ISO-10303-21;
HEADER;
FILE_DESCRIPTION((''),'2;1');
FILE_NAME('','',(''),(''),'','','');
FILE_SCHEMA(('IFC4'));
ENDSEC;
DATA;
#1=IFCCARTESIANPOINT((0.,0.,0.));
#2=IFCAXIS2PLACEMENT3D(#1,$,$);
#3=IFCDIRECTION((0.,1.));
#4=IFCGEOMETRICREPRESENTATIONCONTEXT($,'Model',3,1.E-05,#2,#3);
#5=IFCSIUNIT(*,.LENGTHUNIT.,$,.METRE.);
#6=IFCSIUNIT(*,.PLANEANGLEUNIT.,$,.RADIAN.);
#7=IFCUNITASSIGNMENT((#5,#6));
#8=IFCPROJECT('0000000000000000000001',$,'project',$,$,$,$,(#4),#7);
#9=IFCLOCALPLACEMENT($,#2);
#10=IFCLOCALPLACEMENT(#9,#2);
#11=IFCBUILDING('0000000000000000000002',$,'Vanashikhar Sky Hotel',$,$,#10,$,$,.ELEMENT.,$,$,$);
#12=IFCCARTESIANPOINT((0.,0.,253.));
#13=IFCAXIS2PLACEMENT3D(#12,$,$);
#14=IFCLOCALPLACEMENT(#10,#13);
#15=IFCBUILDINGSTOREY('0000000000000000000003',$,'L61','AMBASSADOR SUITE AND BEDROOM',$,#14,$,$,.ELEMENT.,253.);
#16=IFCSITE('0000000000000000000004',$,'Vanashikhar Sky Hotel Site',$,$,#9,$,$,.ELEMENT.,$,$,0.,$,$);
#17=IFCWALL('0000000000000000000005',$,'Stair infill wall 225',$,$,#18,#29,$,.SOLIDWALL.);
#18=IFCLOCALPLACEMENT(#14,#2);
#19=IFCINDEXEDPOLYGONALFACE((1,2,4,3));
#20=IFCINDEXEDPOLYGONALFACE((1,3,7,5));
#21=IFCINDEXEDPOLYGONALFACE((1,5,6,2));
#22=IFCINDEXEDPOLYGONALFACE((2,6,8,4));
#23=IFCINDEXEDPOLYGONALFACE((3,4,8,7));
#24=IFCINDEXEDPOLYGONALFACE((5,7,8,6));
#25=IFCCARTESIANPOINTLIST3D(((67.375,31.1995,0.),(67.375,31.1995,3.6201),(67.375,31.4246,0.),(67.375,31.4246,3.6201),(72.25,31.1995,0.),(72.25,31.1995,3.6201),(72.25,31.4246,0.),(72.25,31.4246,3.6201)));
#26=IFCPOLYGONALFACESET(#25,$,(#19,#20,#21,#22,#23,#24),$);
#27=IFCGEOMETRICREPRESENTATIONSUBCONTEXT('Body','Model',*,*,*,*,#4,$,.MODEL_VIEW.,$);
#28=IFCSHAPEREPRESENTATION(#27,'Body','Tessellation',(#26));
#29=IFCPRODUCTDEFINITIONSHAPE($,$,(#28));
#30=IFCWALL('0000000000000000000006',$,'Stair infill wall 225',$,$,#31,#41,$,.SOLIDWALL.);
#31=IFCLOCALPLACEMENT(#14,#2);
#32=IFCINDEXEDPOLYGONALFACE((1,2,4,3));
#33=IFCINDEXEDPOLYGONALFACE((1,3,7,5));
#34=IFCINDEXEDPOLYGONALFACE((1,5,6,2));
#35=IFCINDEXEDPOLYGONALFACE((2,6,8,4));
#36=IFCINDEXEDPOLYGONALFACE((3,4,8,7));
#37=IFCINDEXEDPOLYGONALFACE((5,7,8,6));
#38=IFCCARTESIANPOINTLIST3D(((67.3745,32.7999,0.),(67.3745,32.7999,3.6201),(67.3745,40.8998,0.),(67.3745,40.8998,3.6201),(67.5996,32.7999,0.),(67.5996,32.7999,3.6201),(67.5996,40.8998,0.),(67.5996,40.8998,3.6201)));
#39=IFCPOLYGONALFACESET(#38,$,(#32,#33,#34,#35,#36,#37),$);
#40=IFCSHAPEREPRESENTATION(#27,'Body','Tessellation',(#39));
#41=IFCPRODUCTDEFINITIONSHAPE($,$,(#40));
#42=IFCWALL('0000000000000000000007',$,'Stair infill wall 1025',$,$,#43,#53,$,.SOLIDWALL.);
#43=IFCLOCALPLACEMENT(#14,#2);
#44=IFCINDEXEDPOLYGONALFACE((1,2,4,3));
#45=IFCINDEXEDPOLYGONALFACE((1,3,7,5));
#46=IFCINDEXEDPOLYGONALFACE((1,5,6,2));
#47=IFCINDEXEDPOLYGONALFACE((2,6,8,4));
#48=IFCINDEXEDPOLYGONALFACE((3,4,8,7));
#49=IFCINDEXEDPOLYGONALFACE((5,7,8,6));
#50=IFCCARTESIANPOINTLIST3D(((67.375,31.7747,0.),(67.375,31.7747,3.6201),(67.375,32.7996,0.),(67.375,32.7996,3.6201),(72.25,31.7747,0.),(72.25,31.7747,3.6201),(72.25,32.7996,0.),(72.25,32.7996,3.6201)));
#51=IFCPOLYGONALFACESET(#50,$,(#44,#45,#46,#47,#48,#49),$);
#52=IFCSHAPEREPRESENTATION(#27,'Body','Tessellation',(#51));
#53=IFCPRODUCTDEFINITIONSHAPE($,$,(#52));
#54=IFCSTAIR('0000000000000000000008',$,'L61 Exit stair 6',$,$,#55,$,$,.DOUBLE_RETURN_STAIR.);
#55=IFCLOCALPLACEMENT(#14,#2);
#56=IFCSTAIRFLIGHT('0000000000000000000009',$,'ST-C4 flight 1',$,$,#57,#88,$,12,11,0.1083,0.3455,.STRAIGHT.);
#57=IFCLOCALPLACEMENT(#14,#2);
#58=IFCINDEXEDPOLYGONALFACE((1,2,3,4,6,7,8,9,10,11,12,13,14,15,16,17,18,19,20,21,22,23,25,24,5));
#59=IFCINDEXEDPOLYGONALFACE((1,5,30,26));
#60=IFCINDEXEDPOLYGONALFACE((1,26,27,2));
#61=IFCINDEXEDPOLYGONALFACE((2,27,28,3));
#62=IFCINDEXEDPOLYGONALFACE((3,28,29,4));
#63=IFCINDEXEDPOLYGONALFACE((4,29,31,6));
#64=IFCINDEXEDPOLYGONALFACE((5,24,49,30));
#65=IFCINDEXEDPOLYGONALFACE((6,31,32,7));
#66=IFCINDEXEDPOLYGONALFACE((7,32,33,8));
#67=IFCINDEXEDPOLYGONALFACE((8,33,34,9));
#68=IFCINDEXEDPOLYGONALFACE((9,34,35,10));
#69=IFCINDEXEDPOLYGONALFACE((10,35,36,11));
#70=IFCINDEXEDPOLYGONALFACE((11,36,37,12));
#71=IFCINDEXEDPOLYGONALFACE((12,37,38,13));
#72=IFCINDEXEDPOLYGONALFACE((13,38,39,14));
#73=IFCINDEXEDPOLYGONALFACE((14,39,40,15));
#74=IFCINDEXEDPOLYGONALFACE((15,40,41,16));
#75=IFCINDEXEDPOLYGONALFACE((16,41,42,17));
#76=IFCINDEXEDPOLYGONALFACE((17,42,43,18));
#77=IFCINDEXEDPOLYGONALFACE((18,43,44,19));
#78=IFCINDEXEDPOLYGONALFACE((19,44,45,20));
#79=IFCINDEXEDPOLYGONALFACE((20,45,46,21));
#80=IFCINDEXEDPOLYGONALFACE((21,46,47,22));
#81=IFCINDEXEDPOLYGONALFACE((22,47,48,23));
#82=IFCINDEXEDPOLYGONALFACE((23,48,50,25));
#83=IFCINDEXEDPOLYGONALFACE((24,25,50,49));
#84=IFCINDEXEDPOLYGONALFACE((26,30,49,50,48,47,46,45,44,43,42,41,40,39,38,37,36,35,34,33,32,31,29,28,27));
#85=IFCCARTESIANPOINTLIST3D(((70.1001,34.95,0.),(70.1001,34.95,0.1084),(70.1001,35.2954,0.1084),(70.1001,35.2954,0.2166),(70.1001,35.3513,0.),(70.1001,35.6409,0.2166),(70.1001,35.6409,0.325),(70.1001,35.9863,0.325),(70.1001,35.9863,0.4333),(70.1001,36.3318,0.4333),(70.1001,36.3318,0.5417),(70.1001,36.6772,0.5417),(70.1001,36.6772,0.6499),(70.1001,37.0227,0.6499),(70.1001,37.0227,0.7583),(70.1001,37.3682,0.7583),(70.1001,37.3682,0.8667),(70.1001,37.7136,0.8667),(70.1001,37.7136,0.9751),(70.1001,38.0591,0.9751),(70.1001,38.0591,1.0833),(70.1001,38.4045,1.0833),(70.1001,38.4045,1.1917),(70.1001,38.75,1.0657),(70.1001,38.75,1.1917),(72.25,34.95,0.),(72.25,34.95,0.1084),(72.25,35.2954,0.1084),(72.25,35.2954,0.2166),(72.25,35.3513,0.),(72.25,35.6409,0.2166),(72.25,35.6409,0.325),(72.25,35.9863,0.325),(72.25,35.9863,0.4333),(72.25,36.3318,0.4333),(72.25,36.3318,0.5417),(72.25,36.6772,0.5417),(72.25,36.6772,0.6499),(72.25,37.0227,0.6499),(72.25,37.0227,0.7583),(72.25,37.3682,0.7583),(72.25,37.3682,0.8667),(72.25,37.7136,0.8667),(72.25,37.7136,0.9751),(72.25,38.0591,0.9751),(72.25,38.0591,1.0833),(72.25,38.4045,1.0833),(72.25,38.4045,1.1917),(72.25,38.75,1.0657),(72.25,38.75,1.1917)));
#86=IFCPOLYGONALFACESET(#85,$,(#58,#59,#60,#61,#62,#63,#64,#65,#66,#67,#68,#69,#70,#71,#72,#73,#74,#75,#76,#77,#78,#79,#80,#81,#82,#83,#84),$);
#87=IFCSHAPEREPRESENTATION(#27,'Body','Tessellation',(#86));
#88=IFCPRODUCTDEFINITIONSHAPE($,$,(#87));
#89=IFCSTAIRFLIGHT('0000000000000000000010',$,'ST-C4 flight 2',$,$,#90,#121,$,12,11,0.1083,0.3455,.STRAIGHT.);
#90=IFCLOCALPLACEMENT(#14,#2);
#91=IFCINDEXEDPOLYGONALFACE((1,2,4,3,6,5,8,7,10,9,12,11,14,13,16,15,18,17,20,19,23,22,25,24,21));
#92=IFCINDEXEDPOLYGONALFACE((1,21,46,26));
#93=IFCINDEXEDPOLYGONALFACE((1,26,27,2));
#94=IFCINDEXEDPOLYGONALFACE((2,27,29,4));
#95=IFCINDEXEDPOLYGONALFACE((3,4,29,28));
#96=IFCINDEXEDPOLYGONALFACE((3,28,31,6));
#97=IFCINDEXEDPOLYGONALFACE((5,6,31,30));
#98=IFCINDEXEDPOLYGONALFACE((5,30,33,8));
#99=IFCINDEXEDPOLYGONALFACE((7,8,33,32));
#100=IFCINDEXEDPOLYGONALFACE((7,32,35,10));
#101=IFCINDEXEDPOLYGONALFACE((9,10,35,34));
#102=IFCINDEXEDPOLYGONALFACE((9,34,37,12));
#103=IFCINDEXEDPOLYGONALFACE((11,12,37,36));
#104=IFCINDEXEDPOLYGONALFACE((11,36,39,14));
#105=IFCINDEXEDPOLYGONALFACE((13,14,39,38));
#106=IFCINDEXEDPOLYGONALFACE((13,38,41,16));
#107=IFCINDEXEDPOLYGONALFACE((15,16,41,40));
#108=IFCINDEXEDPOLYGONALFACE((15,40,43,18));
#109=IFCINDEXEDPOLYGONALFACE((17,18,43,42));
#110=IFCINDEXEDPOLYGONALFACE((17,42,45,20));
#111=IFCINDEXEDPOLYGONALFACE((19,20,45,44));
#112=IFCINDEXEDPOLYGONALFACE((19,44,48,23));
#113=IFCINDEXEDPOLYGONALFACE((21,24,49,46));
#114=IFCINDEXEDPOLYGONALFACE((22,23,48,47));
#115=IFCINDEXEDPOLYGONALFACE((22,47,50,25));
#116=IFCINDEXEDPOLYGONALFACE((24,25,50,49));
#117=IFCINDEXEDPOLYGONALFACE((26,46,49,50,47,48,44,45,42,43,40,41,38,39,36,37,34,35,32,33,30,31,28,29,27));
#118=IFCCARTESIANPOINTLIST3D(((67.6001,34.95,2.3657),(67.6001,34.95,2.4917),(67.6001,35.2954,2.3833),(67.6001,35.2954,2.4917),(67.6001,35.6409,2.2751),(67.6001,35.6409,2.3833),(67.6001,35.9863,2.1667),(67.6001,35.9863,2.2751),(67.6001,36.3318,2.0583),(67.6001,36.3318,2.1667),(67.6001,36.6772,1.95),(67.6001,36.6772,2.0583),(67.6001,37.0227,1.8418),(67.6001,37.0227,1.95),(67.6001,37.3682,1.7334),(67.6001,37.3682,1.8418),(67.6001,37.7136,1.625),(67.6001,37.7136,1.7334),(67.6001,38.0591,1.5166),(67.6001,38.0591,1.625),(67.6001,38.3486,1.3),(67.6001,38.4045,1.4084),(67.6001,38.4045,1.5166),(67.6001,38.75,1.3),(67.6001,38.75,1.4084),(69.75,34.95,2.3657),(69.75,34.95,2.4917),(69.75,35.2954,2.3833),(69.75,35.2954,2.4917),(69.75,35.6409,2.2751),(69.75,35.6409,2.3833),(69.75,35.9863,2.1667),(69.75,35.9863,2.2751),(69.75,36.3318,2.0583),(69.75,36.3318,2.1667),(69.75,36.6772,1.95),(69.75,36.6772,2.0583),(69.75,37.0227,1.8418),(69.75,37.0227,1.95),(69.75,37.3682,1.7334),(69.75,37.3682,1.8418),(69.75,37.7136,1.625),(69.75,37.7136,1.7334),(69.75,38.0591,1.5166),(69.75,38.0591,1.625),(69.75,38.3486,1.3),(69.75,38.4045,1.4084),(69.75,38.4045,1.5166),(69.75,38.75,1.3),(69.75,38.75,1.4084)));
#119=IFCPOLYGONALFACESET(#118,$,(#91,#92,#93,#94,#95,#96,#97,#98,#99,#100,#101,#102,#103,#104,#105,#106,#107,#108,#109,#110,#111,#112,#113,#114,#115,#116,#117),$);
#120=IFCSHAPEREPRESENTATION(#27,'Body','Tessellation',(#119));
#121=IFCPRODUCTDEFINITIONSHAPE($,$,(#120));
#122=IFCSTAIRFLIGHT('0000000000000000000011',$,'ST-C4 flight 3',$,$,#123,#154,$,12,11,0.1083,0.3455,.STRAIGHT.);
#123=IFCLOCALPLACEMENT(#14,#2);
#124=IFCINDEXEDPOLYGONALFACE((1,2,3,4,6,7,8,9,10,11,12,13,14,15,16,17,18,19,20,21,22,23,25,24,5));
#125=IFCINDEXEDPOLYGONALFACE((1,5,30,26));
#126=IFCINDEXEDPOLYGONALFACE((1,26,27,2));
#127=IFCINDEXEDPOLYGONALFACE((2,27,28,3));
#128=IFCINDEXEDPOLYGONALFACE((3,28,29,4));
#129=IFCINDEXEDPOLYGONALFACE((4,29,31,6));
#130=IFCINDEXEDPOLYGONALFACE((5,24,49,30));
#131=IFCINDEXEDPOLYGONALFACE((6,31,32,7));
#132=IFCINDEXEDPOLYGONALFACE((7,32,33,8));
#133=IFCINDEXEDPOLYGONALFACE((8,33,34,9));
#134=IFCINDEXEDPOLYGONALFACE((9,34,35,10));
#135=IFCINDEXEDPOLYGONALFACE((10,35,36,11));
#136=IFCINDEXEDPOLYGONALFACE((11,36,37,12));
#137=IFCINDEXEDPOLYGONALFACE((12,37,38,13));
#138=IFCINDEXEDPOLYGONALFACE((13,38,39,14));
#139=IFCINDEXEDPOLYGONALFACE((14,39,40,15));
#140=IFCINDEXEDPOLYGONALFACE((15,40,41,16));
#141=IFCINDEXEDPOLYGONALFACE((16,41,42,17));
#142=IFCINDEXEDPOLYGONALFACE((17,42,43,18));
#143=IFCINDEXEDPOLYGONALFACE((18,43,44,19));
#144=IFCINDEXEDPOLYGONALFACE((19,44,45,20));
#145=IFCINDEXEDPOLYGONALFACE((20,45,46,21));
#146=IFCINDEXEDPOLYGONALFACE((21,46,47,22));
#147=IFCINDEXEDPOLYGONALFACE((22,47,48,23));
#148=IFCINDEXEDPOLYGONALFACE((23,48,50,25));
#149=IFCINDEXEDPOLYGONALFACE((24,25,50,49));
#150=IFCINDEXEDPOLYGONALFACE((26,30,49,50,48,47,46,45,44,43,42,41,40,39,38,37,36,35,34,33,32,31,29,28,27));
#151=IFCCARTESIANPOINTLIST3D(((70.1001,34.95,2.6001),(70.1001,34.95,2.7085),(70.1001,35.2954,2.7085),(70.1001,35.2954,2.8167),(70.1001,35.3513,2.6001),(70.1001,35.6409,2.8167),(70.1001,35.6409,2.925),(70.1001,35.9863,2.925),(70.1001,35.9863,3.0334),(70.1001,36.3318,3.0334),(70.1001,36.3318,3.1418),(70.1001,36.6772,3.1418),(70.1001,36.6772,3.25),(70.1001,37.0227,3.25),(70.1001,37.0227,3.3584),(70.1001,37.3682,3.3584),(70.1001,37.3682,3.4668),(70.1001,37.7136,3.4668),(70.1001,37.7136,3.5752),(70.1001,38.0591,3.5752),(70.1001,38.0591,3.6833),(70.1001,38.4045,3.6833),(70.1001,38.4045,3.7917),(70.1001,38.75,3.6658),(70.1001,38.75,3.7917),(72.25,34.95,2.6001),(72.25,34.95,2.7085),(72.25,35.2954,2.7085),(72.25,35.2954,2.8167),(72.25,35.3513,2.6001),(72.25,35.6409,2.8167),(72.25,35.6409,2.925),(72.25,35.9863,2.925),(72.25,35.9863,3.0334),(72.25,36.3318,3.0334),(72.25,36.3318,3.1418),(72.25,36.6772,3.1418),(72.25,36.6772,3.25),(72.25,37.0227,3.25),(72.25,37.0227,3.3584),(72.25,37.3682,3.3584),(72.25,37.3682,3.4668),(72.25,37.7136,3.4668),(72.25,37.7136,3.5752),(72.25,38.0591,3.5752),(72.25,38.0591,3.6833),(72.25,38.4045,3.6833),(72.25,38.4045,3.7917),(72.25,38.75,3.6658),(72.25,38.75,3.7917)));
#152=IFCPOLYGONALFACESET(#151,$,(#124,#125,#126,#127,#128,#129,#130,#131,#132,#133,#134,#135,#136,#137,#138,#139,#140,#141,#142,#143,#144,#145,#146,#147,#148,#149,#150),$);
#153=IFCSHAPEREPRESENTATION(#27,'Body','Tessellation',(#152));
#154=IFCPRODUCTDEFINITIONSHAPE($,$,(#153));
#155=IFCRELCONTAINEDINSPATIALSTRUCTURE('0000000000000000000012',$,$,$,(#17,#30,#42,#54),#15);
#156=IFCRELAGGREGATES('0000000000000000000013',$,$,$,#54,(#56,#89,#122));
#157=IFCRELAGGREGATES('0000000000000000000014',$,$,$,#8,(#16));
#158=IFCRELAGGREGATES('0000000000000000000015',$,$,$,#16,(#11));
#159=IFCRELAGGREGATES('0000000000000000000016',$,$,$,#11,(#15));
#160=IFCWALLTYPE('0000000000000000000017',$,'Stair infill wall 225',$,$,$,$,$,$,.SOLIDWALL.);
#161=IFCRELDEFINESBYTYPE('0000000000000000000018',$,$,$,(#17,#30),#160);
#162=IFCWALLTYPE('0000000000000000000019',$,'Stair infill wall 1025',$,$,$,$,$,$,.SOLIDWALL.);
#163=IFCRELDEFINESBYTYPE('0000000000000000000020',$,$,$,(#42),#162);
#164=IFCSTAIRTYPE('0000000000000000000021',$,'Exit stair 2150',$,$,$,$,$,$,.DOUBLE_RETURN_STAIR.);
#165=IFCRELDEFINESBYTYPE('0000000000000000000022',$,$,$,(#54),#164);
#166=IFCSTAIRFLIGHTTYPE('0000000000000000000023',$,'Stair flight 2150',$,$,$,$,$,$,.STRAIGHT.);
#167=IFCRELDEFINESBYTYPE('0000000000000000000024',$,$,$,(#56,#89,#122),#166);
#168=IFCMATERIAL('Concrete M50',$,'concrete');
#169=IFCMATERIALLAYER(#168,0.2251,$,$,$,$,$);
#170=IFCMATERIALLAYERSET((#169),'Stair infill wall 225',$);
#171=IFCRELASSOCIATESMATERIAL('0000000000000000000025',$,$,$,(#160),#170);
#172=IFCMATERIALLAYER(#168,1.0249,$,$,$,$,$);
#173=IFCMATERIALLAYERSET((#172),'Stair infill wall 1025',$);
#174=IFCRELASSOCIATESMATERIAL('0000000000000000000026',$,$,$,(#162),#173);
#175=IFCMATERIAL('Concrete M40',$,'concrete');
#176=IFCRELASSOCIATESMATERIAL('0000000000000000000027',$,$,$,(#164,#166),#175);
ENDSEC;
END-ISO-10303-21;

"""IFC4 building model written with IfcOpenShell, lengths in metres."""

from ifc_helpers import new_model, si_unit, direction, frame, frame_2d, origin, place, context, subcontext, project, spatial, polyline, rectangle, outline, extrude, source, transform, mapped, material, layer, layer_set, type_object, element, aggregate, save


model = new_model("IFC4")

# Units and contexts
model_context = context("Model", 3, precision=1e-05, world=origin(), true_north=direction((0.0, 1.0)))
body_context = subcontext(model_context, "Body", "Model", "MODEL_VIEW")
ifc_project = project(units=[si_unit("LENGTHUNIT", "METRE"), si_unit("PLANEANGLEUNIT", "RADIAN")], contexts=[model_context])

# Site, building, storey
site_placement = place(None, origin())
site = spatial("IfcSite", under=ifc_project, at=site_placement, Name="Vanashikhar Sky Hotel Site", CompositionType="ELEMENT", RefElevation=0.0)
building_placement = place(site_placement, origin())
building = spatial("IfcBuilding", under=site, at=building_placement, Name="Vanashikhar Sky Hotel", CompositionType="ELEMENT")
storey_placement = place(building_placement, frame((0.0, 0.0, 253.0)))
storey = spatial("IfcBuildingStorey", under=building, at=storey_placement, Name="L61", Description="AMBASSADOR SUITE AND BEDROOM", CompositionType="ELEMENT", Elevation=253.0)

# Shared definitions
ifc_material_1 = material(Name="Concrete M50", Category="concrete")

# Shared definitions
ifc_material_2 = material(Name="Concrete M40", Category="concrete")

# Walls
ifc_layer_1 = layer(ifc_material_1, 0.2251)
ifc_layer_set_1 = layer_set([ifc_layer_1], Name="Stair infill wall 225")
wall_type_1 = type_object("IfcWallType", Name="Stair infill wall 225", PredefinedType="SOLIDWALL", material=ifc_layer_set_1)
shared_shape_1 = source(origin(), body_context, "Body", "SweptSolid", [
    extrude(rectangle(XDim=4.875, YDim=0.2251, at=frame_2d((2.4375, 0.0))), origin(), (0.0, 0.0, 1.0), 3.6201),
])
wall_1_placement = place(storey_placement, frame((67.375, 31.312, 0.0), z_axis=(0.0, 0.0, 1.0), x_axis=(1.0, 0.0, 0.0)))
element("IfcWall", 1, at=wall_1_placement, inside=storey, type_object=wall_type_1, Name="Stair infill wall 225", PredefinedType="SOLIDWALL", context=body_context, shape_type="MappedRepresentation", body=[
    mapped(shared_shape_1, transform((0.0, 0.0, 0.0), scale=1.0)),
])
shared_shape_2 = source(origin(), body_context, "Body", "SweptSolid", [
    extrude(rectangle(XDim=8.0999, YDim=0.2251, at=frame_2d((4.0498, 0.0))), origin(), (0.0, 0.0, 1.0), 3.6201),
])
wall_2_placement = place(storey_placement, frame((67.4871, 32.8, 0.0), z_axis=(0.0, 0.0, 1.0), x_axis=(0.0, 1.0, 0.0)))
element("IfcWall", 2, at=wall_2_placement, inside=storey, type_object=wall_type_1, Name="Stair infill wall 225", PredefinedType="SOLIDWALL", context=body_context, shape_type="MappedRepresentation", body=[
    mapped(shared_shape_2, transform((0.0, 0.0, 0.0), scale=1.0)),
])
ifc_layer_2 = layer(ifc_material_1, 1.0249)
ifc_layer_set_2 = layer_set([ifc_layer_2], Name="Stair infill wall 1025")
wall_type_2 = type_object("IfcWallType", Name="Stair infill wall 1025", PredefinedType="SOLIDWALL", material=ifc_layer_set_2)
shared_shape_3 = source(origin(), body_context, "Body", "SweptSolid", [
    extrude(rectangle(XDim=4.875, YDim=1.0249, at=frame_2d((2.4375, 0.0))), origin(), (0.0, 0.0, 1.0), 3.6201),
])
wall_3_placement = place(storey_placement, frame((67.375, 32.2871, 0.0), z_axis=(0.0, 0.0, 1.0), x_axis=(1.0, 0.0, 0.0)))
element("IfcWall", 3, at=wall_3_placement, inside=storey, type_object=wall_type_2, Name="Stair infill wall 1025", PredefinedType="SOLIDWALL", context=body_context, shape_type="MappedRepresentation", body=[
    mapped(shared_shape_3, transform((0.0, 0.0, 0.0), scale=1.0)),
])

# Stair, stair flights
stair_type = type_object("IfcStairType", Name="Exit stair 2150", PredefinedType="DOUBLE_RETURN_STAIR", material=ifc_material_2)
stair_placement = place(storey_placement, origin())
stair = element("IfcStair", 4, at=stair_placement, inside=storey, type_object=stair_type, Name="L61 Exit stair 6", PredefinedType="DOUBLE_RETURN_STAIR")
stair_flight_type = type_object("IfcStairFlightType", Name="Stair flight 2150", PredefinedType="STRAIGHT", material=ifc_material_2)
shared_shape_4 = source(origin(), body_context, "Body", "SweptSolid", [
    extrude(outline(polyline([(0.0, 0.0), (0.0, 0.1084), (0.3455, 0.1084), (0.3455, 0.2166), (0.6909, 0.2166), (0.6909, 0.325), (1.0364, 0.325), (1.0364, 0.4333), (1.3818, 0.4333), (1.3818, 0.5417), (1.7273, 0.5417), (1.7273, 0.6499), (2.0728, 0.6499), (2.0728, 0.7583), (2.4182, 0.7583), (2.4182, 0.8667), (2.7637, 0.8667), (2.7637, 0.9751), (3.1091, 0.9751), (3.1091, 1.0833), (3.4546, 1.0833), (3.4546, 1.1917), (3.8, 1.1917), (3.8, 1.3), (3.8, 1.0657), (0.4014, 0.0), (0.0, 0.0)])), frame((0.0, 1.075, 0.0), z_axis=(0.0, -1.0, 0.0), x_axis=(1.0, 0.0, 0.0)), (0.0, 0.0, 1.0), 2.1499),
])
stair_flight_1_placement = place(storey_placement, frame((71.175, 34.95, 0.0), z_axis=(0.0, 0.0, 1.0), x_axis=(0.0, 1.0, 0.0)))
stair_flight_1 = element("IfcStairFlight", 5, at=stair_flight_1_placement, type_object=stair_flight_type, Name="ST-C4 flight 1", NumberOfRisers=12, NumberOfTreads=11, PredefinedType="STRAIGHT", RiserHeight=0.1083, TreadLength=0.3455, context=body_context, shape_type="MappedRepresentation", body=[
    mapped(shared_shape_4, transform((0.0, 0.0, 0.0), scale=1.0)),
])
stair_flight_2_placement = place(storey_placement, frame((68.675, 38.75, 1.3), z_axis=(0.0, 0.0, 1.0), x_axis=(0.0, -1.0, 0.0)))
stair_flight_2 = element("IfcStairFlight", 6, at=stair_flight_2_placement, type_object=stair_flight_type, Name="ST-C4 flight 2", NumberOfRisers=12, NumberOfTreads=11, PredefinedType="STRAIGHT", RiserHeight=0.1083, TreadLength=0.3455, context=body_context, shape_type="MappedRepresentation", body=[
    mapped(shared_shape_4, transform((0.0, 0.0, 0.0), scale=1.0)),
])
stair_flight_3_placement = place(storey_placement, frame((71.175, 34.95, 2.6001), z_axis=(0.0, 0.0, 1.0), x_axis=(0.0, 1.0, 0.0)))
stair_flight_3 = element("IfcStairFlight", 7, at=stair_flight_3_placement, type_object=stair_flight_type, Name="ST-C4 flight 3", NumberOfRisers=12, NumberOfTreads=11, PredefinedType="STRAIGHT", RiserHeight=0.1083, TreadLength=0.3455, context=body_context, shape_type="MappedRepresentation", body=[
    mapped(shared_shape_4, transform((0.0, 0.0, 0.0), scale=1.0)),
])
aggregate(stair, [stair_flight_1, stair_flight_2, stair_flight_3])

save(model, "model.ifc")
